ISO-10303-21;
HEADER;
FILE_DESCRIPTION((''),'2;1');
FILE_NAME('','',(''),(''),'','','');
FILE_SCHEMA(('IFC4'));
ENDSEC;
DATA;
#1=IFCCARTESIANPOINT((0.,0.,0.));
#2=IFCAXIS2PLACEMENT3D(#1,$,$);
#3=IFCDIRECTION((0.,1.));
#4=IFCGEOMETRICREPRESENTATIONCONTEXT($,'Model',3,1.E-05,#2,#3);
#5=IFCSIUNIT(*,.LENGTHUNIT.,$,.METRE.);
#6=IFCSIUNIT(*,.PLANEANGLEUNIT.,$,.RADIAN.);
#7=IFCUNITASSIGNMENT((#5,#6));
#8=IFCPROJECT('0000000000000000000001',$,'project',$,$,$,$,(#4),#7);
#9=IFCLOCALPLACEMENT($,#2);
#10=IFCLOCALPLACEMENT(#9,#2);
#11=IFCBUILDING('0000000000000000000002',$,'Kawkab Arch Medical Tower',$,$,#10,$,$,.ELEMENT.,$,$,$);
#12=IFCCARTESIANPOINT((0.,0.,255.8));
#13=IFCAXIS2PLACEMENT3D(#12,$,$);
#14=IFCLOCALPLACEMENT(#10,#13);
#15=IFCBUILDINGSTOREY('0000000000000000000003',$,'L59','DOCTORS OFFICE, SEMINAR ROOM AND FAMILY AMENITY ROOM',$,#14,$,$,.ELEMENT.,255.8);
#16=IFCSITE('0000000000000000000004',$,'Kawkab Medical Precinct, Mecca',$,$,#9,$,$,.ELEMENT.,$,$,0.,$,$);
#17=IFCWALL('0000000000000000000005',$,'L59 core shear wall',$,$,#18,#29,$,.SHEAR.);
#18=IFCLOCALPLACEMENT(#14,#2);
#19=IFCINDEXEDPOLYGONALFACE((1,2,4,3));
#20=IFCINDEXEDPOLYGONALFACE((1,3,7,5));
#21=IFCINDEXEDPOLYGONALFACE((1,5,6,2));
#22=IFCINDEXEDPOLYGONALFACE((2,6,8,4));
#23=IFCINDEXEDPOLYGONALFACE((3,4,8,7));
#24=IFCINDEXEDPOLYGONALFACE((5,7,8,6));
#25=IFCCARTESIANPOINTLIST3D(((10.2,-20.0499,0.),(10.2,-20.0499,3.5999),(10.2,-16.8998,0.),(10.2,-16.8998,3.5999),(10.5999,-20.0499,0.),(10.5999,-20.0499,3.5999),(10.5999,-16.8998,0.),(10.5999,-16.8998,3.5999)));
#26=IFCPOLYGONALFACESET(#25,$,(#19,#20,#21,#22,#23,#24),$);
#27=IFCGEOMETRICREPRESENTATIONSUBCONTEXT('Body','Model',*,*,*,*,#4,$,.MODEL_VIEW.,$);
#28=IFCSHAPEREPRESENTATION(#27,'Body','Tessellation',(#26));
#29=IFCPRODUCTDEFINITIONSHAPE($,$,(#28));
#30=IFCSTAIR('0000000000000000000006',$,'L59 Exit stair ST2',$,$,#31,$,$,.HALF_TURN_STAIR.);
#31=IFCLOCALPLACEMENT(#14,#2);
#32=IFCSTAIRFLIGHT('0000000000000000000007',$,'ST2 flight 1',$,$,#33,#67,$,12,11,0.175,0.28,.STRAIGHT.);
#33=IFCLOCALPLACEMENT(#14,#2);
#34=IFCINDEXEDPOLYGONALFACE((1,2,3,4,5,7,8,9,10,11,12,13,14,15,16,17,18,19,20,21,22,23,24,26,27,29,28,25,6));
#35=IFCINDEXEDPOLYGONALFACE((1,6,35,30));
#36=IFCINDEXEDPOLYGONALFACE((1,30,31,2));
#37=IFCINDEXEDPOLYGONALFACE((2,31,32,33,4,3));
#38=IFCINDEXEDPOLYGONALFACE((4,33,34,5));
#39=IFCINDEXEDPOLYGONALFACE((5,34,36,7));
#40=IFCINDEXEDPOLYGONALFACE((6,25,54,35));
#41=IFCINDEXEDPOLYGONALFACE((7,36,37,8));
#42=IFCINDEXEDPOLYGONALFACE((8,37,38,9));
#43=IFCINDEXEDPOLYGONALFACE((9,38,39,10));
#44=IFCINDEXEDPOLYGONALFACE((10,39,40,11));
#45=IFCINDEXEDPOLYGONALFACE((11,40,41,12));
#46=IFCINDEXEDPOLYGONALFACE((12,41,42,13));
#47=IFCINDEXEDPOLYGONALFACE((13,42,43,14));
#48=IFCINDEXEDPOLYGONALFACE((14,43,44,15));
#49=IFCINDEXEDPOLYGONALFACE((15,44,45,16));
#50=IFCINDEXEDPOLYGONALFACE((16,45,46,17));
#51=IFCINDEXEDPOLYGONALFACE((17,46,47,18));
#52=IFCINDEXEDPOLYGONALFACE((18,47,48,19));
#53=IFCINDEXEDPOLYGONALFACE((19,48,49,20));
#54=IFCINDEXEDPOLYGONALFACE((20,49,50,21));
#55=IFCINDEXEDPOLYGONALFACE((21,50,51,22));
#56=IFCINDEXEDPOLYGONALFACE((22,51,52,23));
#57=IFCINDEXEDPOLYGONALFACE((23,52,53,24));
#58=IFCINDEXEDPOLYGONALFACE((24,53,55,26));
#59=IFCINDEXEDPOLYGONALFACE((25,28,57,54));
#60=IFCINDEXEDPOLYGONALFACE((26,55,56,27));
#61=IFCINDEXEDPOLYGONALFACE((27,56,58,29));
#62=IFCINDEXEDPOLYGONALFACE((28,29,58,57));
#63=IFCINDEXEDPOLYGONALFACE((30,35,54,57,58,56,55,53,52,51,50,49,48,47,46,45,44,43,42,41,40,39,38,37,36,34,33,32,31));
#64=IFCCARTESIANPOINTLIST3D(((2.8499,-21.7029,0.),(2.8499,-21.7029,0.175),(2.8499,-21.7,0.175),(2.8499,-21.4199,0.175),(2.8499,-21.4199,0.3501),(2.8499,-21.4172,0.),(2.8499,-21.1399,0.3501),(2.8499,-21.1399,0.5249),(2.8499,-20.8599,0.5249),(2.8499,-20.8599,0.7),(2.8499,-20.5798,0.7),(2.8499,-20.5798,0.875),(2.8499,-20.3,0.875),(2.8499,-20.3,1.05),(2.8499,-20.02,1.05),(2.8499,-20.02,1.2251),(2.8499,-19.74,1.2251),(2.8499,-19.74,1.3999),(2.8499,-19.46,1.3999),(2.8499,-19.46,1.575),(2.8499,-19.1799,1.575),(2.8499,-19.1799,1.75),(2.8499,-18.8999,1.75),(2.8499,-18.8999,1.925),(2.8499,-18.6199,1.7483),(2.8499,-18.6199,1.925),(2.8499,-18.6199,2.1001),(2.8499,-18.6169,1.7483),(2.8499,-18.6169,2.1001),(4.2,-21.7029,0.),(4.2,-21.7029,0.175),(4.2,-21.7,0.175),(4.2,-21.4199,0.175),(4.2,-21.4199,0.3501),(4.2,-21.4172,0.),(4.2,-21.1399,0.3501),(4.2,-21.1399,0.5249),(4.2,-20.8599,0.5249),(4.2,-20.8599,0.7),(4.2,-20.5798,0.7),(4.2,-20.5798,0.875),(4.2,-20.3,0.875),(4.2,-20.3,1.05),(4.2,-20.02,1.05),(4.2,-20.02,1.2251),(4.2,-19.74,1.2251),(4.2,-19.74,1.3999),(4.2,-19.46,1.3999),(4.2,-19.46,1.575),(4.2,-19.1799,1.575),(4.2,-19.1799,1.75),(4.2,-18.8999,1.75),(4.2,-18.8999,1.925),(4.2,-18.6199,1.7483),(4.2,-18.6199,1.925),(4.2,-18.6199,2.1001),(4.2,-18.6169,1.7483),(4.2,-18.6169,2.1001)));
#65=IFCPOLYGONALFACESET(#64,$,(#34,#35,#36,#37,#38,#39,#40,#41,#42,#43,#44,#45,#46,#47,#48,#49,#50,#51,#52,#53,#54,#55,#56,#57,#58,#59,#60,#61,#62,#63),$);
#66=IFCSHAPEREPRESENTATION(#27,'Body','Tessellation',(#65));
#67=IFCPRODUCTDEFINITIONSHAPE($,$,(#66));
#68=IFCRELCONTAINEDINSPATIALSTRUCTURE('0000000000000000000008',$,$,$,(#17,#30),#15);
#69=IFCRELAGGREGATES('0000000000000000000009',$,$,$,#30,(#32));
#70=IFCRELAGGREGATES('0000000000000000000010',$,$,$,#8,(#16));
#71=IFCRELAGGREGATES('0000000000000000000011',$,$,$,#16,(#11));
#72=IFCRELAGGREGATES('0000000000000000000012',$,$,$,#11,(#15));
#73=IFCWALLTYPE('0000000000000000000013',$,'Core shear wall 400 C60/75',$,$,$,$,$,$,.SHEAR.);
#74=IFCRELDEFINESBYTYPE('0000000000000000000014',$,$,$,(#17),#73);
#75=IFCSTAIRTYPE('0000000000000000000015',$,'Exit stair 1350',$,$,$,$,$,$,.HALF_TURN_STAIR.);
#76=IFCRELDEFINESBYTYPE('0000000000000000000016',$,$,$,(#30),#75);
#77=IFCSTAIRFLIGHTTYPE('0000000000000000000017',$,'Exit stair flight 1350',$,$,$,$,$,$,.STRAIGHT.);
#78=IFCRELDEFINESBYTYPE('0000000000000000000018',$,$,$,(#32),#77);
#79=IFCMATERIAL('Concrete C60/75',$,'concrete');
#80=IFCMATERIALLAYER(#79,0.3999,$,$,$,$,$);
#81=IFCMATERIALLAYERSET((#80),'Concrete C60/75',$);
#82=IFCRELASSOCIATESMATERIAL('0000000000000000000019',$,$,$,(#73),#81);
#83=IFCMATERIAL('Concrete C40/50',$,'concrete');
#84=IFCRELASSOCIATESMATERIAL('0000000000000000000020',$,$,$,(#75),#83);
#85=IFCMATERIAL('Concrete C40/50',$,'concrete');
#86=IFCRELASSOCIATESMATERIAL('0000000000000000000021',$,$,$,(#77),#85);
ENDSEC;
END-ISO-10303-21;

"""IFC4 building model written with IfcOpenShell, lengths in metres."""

from ifc_helpers import new_model, si_unit, direction, frame, frame_2d, origin, place, context, subcontext, project, spatial, polyline, rectangle, outline, extrude, material, layer, layer_set, type_object, element, aggregate, save


model = new_model("IFC4")

# Units and contexts
model_context = context("Model", 3, precision=1e-05, world=origin(), true_north=direction((0.0, 1.0)))
body_context = subcontext(model_context, "Body", "Model", "MODEL_VIEW")
ifc_project = project(units=[si_unit("LENGTHUNIT", "METRE"), si_unit("PLANEANGLEUNIT", "RADIAN")], contexts=[model_context])

# Site, building, storey
site_placement = place(None, origin())
site = spatial("IfcSite", under=ifc_project, at=site_placement, Name="Kawkab Medical Precinct, Mecca", CompositionType="ELEMENT", RefElevation=0.0)
building_placement = place(site_placement, origin())
building = spatial("IfcBuilding", under=site, at=building_placement, Name="Kawkab Arch Medical Tower", CompositionType="ELEMENT")
storey_placement = place(building_placement, frame((0.0, 0.0, 255.8)))
storey = spatial("IfcBuildingStorey", under=building, at=storey_placement, Name="L59", Description="DOCTORS OFFICE, SEMINAR ROOM AND FAMILY AMENITY ROOM", CompositionType="ELEMENT", Elevation=255.8)

# Shared definitions
ifc_material_1 = material(Name="Concrete C60/75", Category="concrete")
ifc_layer_1 = layer(ifc_material_1, 0.3999)
ifc_layer_set_1 = layer_set([ifc_layer_1], Name="Concrete C60/75")
wall_type_1 = type_object("IfcWallType", Name="Core shear wall 400 C60/75", PredefinedType="SHEAR", material=ifc_layer_set_1)

# Wall
wall_1_placement = place(storey_placement, frame((10.3999, -20.05, 0.0), z_axis=(0.0, 0.0, 1.0), x_axis=(0.0, 1.0, 0.0)))
element("IfcWall", 1, at=wall_1_placement, inside=storey, type_object=wall_type_1, Name="L59 core shear wall", PredefinedType="SHEAR", context=body_context, shape_type="SweptSolid", body=[
    extrude(rectangle(XDim=3.1501, YDim=0.3999, at=frame_2d((1.5752, 0.0))), origin(), (0.0, 0.0, 1.0), 3.5999),
])

# Stair, stair flight
ifc_material_2 = material(Name="Concrete C40/50", Category="concrete")
stair_type = type_object("IfcStairType", Name="Exit stair 1350", PredefinedType="HALF_TURN_STAIR", material=ifc_material_2)
stair_placement = place(storey_placement, origin())
stair = element("IfcStair", 2, at=stair_placement, inside=storey, type_object=stair_type, Name="L59 Exit stair ST2", PredefinedType="HALF_TURN_STAIR")
ifc_material_3 = material(Name="Concrete C40/50", Category="concrete")
stair_flight_type = type_object("IfcStairFlightType", Name="Exit stair flight 1350", PredefinedType="STRAIGHT", material=ifc_material_3)
stair_flight_placement = place(storey_placement, frame((3.5249, -21.7, 0.0), z_axis=(0.0, 0.0, 1.0), x_axis=(0.0, 1.0, 0.0)))
stair_flight = element("IfcStairFlight", 3, at=stair_flight_placement, type_object=stair_flight_type, Name="ST2 flight 1", NumberOfRisers=12, NumberOfTreads=11, PredefinedType="STRAIGHT", RiserHeight=0.175, TreadLength=0.28, context=body_context, shape_type="SweptSolid", body=[
    extrude(outline(polyline([(-0.0029, 0.0), (-0.0029, 0.175), (0.0, 0.175), (0.28, 0.175), (0.28, 0.3501), (0.5601, 0.3501), (0.5601, 0.5249), (0.8401, 0.5249), (0.8401, 0.7), (1.1201, 0.7), (1.1201, 0.875), (1.3999, 0.875), (1.3999, 1.05), (1.6799, 1.05), (1.6799, 1.2251), (1.96, 1.2251), (1.96, 1.3999), (2.24, 1.3999), (2.24, 1.575), (2.52, 1.575), (2.52, 1.75), (2.8, 1.75), (2.8, 1.925), (3.0801, 1.925), (3.0801, 2.1001), (3.083, 2.1001), (3.083, 1.7483), (3.0801, 1.7483), (0.2827, 0.0), (-0.0029, 0.0)])), frame((0.0, 0.675, 0.0), z_axis=(0.0, -1.0, 0.0), x_axis=(1.0, 0.0, 0.0)), (0.0, 0.0, 1.0), 1.3501),
])
aggregate(stair, [stair_flight])

save(model, "model.ifc")
